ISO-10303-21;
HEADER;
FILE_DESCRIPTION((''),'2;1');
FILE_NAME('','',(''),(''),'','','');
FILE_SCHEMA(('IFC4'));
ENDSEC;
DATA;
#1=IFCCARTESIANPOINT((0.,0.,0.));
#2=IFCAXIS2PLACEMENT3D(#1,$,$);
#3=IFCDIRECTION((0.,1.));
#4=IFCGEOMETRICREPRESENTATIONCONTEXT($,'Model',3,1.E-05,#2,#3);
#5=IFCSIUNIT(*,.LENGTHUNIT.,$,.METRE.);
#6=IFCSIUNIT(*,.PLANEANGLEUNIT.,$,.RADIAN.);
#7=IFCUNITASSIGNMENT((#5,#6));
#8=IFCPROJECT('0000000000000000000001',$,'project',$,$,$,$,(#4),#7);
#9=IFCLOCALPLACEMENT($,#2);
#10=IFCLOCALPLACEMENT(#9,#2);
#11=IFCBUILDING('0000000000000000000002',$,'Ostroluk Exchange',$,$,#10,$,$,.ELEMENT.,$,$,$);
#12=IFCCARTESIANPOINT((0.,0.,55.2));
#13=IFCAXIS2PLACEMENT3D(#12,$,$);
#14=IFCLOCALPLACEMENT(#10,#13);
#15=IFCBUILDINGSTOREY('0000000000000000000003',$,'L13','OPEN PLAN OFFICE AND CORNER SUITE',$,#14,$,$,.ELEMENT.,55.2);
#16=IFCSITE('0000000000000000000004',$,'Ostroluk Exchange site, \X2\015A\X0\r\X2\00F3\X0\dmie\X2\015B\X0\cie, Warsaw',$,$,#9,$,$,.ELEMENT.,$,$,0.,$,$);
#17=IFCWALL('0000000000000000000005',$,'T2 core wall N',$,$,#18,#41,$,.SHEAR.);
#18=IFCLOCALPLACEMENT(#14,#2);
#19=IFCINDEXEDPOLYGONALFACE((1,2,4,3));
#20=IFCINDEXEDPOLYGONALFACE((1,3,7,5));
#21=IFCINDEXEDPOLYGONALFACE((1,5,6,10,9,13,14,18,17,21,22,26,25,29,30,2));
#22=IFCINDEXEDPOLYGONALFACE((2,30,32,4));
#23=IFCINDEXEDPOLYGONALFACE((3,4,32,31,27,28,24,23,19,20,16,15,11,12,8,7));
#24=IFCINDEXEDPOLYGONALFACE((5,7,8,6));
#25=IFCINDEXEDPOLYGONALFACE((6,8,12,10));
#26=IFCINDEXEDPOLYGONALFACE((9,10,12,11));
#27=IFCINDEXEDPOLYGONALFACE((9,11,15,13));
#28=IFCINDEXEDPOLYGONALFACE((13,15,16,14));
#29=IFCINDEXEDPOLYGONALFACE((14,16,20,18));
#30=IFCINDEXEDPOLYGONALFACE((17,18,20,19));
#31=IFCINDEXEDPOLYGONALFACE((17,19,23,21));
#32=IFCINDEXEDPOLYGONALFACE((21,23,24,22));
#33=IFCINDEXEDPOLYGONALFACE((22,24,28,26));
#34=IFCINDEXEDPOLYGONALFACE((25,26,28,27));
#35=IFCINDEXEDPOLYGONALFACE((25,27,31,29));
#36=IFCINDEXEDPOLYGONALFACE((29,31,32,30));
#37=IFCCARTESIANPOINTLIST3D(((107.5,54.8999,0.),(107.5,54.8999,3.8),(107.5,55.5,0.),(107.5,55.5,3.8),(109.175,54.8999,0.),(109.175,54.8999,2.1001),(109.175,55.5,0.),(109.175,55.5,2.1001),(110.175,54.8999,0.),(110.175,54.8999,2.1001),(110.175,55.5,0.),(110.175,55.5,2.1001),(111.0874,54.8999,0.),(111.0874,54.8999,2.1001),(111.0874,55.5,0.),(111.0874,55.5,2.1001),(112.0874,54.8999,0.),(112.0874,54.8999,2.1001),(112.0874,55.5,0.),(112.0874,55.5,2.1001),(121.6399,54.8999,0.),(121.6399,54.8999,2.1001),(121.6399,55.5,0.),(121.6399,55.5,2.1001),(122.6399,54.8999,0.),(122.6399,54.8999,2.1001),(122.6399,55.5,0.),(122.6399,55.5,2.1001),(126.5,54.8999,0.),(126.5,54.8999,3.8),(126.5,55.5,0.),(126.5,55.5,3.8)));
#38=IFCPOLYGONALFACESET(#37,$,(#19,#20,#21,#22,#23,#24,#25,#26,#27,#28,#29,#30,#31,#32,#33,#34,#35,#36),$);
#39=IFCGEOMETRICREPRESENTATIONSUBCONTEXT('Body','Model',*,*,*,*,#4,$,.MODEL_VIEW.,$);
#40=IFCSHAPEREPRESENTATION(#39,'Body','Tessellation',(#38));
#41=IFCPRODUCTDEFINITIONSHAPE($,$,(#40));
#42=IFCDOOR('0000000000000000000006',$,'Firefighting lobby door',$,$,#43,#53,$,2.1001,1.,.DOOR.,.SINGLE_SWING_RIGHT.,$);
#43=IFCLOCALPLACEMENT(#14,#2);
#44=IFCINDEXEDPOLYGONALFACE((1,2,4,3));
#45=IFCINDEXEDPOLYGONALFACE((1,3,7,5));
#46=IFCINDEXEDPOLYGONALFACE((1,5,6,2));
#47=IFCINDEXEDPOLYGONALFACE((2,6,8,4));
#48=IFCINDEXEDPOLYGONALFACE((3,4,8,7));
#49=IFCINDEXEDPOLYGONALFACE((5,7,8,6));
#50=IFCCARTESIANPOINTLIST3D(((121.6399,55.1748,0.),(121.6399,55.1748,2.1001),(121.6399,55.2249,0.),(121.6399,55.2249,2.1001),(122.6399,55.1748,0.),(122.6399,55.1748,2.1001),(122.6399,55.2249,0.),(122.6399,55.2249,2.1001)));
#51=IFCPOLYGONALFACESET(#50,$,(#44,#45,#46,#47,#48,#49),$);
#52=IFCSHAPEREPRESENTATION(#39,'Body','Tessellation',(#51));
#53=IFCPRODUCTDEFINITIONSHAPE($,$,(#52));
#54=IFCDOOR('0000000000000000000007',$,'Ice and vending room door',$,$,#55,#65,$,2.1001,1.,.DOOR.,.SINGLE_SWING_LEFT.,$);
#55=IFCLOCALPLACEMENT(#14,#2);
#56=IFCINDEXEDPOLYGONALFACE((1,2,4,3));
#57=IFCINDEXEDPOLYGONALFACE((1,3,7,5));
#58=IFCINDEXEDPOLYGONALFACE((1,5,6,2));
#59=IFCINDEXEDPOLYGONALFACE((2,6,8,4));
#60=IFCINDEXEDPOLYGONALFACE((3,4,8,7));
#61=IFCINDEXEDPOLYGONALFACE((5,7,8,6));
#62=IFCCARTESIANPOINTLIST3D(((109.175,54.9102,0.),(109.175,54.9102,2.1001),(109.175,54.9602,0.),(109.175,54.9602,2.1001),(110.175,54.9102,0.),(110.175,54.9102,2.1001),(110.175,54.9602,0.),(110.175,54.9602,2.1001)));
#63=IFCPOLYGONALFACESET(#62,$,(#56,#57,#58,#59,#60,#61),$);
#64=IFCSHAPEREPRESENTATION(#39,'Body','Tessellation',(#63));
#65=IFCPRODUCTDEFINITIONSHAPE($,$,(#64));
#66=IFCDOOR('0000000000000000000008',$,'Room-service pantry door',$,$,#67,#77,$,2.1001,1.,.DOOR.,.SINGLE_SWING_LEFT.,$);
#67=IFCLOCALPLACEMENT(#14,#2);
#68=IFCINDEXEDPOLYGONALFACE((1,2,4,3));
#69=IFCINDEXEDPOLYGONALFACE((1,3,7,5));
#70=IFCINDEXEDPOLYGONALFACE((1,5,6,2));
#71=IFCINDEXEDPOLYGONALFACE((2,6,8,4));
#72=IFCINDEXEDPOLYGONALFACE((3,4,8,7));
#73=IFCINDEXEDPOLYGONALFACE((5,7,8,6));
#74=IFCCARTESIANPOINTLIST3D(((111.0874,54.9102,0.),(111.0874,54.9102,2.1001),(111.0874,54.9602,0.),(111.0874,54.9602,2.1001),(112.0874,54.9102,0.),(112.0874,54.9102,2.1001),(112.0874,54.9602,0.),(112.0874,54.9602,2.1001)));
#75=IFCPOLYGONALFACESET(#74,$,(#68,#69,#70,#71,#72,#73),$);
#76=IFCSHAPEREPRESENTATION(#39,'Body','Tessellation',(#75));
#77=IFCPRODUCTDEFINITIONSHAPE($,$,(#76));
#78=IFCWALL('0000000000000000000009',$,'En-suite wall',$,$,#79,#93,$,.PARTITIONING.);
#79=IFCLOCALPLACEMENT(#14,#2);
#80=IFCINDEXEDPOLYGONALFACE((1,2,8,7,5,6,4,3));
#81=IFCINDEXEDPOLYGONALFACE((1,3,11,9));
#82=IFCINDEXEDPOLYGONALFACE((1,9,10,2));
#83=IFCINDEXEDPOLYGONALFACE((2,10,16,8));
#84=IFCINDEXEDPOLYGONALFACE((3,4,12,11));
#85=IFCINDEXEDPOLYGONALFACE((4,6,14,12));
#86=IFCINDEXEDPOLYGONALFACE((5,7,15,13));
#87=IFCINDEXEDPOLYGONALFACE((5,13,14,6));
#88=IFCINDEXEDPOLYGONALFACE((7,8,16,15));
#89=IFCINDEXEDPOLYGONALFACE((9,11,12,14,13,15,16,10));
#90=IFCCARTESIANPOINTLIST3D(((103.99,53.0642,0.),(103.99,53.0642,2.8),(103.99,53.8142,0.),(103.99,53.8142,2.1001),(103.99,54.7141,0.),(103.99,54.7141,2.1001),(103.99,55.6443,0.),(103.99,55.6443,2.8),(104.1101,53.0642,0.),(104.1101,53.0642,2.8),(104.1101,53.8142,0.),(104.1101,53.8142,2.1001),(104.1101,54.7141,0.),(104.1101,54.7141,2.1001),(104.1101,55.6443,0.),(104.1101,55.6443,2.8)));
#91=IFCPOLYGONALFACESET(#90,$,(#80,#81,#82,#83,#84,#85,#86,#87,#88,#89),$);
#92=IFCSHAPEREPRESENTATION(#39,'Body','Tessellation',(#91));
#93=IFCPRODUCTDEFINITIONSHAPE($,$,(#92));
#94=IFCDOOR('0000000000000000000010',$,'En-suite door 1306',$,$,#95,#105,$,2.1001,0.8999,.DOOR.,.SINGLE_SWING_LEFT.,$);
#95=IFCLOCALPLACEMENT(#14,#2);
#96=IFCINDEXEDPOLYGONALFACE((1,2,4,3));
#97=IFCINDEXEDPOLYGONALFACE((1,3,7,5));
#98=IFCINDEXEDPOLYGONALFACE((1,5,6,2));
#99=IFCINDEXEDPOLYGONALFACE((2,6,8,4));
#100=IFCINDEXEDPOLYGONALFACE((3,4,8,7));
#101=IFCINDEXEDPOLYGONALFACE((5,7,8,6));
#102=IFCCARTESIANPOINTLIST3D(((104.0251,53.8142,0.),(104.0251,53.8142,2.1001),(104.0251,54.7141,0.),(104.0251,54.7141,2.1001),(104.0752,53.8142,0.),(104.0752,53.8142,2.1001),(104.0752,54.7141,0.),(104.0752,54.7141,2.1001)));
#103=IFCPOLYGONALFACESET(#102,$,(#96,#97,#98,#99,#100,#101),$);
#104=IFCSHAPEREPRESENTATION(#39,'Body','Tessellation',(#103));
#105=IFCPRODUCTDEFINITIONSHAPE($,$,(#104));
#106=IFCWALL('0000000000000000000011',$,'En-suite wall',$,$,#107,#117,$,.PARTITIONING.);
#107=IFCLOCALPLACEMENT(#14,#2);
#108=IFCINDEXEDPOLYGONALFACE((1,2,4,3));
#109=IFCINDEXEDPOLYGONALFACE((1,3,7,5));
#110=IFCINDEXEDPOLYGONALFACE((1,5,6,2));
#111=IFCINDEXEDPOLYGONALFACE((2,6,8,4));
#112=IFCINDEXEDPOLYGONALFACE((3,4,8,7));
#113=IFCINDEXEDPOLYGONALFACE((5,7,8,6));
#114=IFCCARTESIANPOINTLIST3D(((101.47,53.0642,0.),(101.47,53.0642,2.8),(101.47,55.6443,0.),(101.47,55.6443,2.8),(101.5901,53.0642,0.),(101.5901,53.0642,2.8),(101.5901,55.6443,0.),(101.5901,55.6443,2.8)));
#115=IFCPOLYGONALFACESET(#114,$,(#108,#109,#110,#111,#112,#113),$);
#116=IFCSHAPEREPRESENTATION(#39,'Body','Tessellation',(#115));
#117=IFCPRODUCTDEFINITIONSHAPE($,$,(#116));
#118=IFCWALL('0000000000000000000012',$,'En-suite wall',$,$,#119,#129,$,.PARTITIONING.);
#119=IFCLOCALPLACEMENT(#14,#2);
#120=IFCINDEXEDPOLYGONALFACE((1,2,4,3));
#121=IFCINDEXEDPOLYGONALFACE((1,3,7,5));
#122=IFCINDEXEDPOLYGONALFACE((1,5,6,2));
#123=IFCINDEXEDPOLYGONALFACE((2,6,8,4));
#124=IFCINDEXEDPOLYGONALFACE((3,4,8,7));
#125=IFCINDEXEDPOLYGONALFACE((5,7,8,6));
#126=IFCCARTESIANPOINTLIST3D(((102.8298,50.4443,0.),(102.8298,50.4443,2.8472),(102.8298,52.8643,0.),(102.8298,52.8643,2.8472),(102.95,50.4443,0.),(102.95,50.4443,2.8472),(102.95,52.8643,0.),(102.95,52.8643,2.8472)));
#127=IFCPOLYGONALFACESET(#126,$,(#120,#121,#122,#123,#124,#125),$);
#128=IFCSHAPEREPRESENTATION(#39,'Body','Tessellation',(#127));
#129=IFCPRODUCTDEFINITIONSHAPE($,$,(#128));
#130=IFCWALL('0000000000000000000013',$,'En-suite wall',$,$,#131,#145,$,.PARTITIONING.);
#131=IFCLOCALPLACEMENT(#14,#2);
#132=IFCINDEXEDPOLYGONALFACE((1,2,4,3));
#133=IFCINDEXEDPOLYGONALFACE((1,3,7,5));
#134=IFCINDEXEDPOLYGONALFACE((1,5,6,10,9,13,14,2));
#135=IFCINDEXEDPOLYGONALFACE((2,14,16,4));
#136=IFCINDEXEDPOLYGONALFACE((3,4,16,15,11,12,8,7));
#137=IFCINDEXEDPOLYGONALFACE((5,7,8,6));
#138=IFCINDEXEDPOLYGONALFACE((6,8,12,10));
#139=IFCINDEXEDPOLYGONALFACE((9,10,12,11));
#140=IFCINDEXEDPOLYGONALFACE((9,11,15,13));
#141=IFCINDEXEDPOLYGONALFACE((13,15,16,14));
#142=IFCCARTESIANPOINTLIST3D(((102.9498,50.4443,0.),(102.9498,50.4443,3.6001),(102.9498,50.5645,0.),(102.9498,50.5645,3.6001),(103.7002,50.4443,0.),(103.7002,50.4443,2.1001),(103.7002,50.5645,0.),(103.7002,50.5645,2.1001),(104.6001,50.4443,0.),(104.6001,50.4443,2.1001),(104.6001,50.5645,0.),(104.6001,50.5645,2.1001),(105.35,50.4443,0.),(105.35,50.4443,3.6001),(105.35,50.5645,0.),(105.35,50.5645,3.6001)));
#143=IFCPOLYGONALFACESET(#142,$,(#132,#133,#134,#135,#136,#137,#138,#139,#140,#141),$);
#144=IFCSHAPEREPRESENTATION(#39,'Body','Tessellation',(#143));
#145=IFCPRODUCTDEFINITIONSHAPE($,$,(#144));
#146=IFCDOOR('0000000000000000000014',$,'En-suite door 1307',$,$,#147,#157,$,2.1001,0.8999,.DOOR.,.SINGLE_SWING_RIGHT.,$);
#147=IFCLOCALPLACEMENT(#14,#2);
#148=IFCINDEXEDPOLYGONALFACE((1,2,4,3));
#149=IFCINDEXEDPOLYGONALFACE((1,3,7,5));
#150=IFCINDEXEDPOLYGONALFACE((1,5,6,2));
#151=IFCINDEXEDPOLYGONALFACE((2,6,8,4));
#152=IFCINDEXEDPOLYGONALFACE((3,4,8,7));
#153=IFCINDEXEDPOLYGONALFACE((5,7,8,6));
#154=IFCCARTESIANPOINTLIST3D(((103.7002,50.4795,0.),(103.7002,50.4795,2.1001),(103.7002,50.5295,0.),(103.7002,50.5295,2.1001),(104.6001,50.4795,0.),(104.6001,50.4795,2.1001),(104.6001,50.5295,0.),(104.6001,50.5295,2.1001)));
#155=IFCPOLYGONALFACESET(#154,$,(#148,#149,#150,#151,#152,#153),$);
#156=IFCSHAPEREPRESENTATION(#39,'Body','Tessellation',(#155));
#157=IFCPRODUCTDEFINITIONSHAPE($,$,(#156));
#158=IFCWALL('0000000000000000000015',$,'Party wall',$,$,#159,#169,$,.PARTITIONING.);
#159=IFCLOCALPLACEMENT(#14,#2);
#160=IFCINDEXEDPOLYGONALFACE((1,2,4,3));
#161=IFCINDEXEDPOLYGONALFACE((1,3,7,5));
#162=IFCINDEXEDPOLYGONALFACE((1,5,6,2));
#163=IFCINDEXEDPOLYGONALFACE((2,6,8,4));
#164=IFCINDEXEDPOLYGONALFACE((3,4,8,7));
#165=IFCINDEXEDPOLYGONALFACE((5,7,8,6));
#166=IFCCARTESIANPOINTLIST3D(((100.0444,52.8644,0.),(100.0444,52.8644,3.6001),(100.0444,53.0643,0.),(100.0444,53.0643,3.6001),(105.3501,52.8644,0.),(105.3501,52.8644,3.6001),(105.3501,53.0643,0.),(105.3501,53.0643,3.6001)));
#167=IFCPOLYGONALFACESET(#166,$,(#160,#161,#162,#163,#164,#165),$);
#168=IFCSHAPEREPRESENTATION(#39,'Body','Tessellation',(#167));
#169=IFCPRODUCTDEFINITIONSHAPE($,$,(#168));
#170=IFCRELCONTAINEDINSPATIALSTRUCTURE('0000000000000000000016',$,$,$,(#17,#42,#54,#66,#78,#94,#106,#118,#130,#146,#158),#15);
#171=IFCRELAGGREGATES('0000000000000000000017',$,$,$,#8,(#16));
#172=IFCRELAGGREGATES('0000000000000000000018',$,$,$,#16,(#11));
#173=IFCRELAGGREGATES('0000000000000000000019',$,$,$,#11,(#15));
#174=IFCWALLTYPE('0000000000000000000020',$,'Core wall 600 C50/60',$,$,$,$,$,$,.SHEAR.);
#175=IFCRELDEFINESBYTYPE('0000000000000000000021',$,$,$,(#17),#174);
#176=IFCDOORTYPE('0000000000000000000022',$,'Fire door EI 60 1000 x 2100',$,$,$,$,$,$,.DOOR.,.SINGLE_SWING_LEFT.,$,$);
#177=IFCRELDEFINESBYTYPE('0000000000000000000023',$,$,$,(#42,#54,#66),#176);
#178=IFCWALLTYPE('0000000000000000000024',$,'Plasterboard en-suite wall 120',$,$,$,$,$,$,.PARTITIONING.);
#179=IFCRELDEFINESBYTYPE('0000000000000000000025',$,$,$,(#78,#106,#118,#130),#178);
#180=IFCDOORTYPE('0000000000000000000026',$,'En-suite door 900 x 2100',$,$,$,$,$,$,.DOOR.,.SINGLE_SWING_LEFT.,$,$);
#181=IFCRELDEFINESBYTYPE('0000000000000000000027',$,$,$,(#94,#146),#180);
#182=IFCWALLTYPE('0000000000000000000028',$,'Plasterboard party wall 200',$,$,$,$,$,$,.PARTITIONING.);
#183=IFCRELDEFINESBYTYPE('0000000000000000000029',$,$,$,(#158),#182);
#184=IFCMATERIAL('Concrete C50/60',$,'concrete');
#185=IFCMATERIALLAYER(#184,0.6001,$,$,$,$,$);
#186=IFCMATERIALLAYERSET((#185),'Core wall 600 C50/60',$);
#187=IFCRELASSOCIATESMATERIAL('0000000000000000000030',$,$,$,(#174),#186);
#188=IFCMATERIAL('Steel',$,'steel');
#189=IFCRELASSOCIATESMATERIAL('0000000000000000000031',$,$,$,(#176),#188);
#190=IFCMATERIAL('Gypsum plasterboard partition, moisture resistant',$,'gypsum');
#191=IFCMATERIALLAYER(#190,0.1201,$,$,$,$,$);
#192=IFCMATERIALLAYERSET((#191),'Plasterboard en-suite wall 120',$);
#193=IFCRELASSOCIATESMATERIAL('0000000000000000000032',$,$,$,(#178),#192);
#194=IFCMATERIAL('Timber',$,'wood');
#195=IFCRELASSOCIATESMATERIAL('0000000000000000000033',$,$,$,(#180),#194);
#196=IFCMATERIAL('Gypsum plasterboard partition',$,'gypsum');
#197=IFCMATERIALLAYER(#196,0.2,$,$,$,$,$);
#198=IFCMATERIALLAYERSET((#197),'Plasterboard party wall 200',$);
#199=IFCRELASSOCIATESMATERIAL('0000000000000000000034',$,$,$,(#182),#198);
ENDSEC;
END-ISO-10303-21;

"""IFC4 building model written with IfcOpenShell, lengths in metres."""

from ifc_helpers import new_model, si_unit, direction, frame, frame_2d, origin, place, context, subcontext, project, spatial, rectangle, extrude, material, layer, layer_set, type_object, element, fill, save


model = new_model("IFC4")

# Units and contexts
model_context = context("Model", 3, precision=1e-05, world=origin(), true_north=direction((0.0, 1.0)))
body_context = subcontext(model_context, "Body", "Model", "MODEL_VIEW")
ifc_project = project(units=[si_unit("LENGTHUNIT", "METRE"), si_unit("PLANEANGLEUNIT", "RADIAN")], contexts=[model_context])

# Site, building, storey
site_placement = place(None, origin())
site = spatial("IfcSite", under=ifc_project, at=site_placement, Name="Ostroluk Exchange site, Śródmieście, Warsaw", CompositionType="ELEMENT", RefElevation=0.0)
building_placement = place(site_placement, origin())
building = spatial("IfcBuilding", under=site, at=building_placement, Name="Ostroluk Exchange", CompositionType="ELEMENT")
storey_placement = place(building_placement, frame((0.0, 0.0, 55.2)))
storey = spatial("IfcBuildingStorey", under=building, at=storey_placement, Name="L13", Description="OPEN PLAN OFFICE AND CORNER SUITE", CompositionType="ELEMENT", Elevation=55.2)

# Wall, openings, doors
ifc_material_1 = material(Name="Concrete C50/60", Category="concrete")
ifc_layer_1 = layer(ifc_material_1, 0.6001)
ifc_layer_set_1 = layer_set([ifc_layer_1], Name="Core wall 600 C50/60")
wall_type_1 = type_object("IfcWallType", Name="Core wall 600 C50/60", PredefinedType="SHEAR", material=ifc_layer_set_1)
wall_1_placement = place(storey_placement, frame((107.5, 55.2, 0.0), z_axis=(0.0, 0.0, 1.0), x_axis=(1.0, 0.0, 0.0)))
wall_1 = element("IfcWall", 1, at=wall_1_placement, inside=storey, type_object=wall_type_1, Name="T2 core wall N", PredefinedType="SHEAR", context=body_context, shape_type="SweptSolid", body=[
    extrude(rectangle(XDim=19.0, YDim=0.6001, at=frame_2d((9.5, 0.0))), origin(), (0.0, 0.0, 1.0), 3.8),
])
opening_1_placement = place(wall_1_placement, frame((14.1399, 0.0, 0.0)))
opening_1 = element("IfcOpeningElement", 2, at=opening_1_placement, cuts=wall_1, PredefinedType="OPENING", context=body_context, shape_type="SweptSolid", body=[
    extrude(rectangle(XDim=1.0, YDim=2.1001, at=frame_2d((0.5, 1.05))), frame((0.0, 0.3101, 0.0), z_axis=(0.0, -1.0, 0.0), x_axis=(1.0, 0.0, 0.0)), (0.0, 0.0, 1.0), 0.6201),
])
opening_2_placement = place(wall_1_placement, frame((1.675, 0.0, 0.0)))
opening_2 = element("IfcOpeningElement", 3, at=opening_2_placement, cuts=wall_1, PredefinedType="OPENING", context=body_context, shape_type="SweptSolid", body=[
    extrude(rectangle(XDim=1.0, YDim=2.1001, at=frame_2d((0.5, 1.05))), frame((0.0, 0.3101, 0.0), z_axis=(0.0, -1.0, 0.0), x_axis=(1.0, 0.0, 0.0)), (0.0, 0.0, 1.0), 0.6201),
])
opening_3_placement = place(wall_1_placement, frame((3.5874, 0.0, 0.0)))
opening_3 = element("IfcOpeningElement", 4, at=opening_3_placement, cuts=wall_1, PredefinedType="OPENING", context=body_context, shape_type="SweptSolid", body=[
    extrude(rectangle(XDim=1.0, YDim=2.1001, at=frame_2d((0.5, 1.05))), frame((0.0, 0.3101, 0.0), z_axis=(0.0, -1.0, 0.0), x_axis=(1.0, 0.0, 0.0)), (0.0, 0.0, 1.0), 0.6201),
])
ifc_material_2 = material(Name="Steel", Category="steel")
door_type_1 = type_object("IfcDoorType", Name="Fire door EI 60 1000 x 2100", OperationType="SINGLE_SWING_LEFT", PredefinedType="DOOR", material=ifc_material_2)
door_1_placement = place(opening_1_placement, origin())
door_1 = element("IfcDoor", 5, at=door_1_placement, inside=storey, type_object=door_type_1, Name="Firefighting lobby door", OperationType="SINGLE_SWING_RIGHT", OverallHeight=2.1001, OverallWidth=1.0, PredefinedType="DOOR", context=body_context, shape_type="SweptSolid", body=[
    extrude(rectangle(XDim=1.0, YDim=2.1001, at=frame_2d((0.5, 1.05))), frame((0.0, 0.0249, 0.0), z_axis=(0.0, -1.0, 0.0), x_axis=(1.0, 0.0, 0.0)), (0.0, 0.0, 1.0), 0.05),
])
fill(opening_1, door_1)
door_2_placement = place(opening_2_placement, origin())
door_2 = element("IfcDoor", 6, at=door_2_placement, inside=storey, type_object=door_type_1, Name="Ice and vending room door", OperationType="SINGLE_SWING_LEFT", OverallHeight=2.1001, OverallWidth=1.0, PredefinedType="DOOR", context=body_context, shape_type="SweptSolid", body=[
    extrude(rectangle(XDim=1.0, YDim=2.1001, at=frame_2d((0.5, 1.05))), frame((0.0, -0.2397, 0.0), z_axis=(0.0, -1.0, 0.0), x_axis=(1.0, 0.0, 0.0)), (0.0, 0.0, 1.0), 0.05),
])
fill(opening_2, door_2)
door_3_placement = place(opening_3_placement, origin())
door_3 = element("IfcDoor", 7, at=door_3_placement, inside=storey, type_object=door_type_1, Name="Room-service pantry door", OperationType="SINGLE_SWING_LEFT", OverallHeight=2.1001, OverallWidth=1.0, PredefinedType="DOOR", context=body_context, shape_type="SweptSolid", body=[
    extrude(rectangle(XDim=1.0, YDim=2.1001, at=frame_2d((0.5, 1.05))), frame((0.0, -0.2397, 0.0), z_axis=(0.0, -1.0, 0.0), x_axis=(1.0, 0.0, 0.0)), (0.0, 0.0, 1.0), 0.05),
])
fill(opening_3, door_3)

# Wall, opening, door
ifc_material_3 = material(Name="Gypsum plasterboard partition, moisture resistant", Category="gypsum")
ifc_layer_2 = layer(ifc_material_3, 0.1201)
ifc_layer_set_2 = layer_set([ifc_layer_2], Name="Plasterboard en-suite wall 120")
wall_type_2 = type_object("IfcWallType", Name="Plasterboard en-suite wall 120", PredefinedType="PARTITIONING", material=ifc_layer_set_2)
wall_2_placement = place(storey_placement, frame((104.05, 53.0642, 0.0), z_axis=(0.0, 0.0, 1.0), x_axis=(0.0, 1.0, 0.0)))
wall_2 = element("IfcWall", 8, at=wall_2_placement, inside=storey, type_object=wall_type_2, Name="En-suite wall", PredefinedType="PARTITIONING", context=body_context, shape_type="SweptSolid", body=[
    extrude(rectangle(XDim=2.5801, YDim=0.1201, at=frame_2d((1.29, 0.0))), origin(), (0.0, 0.0, 1.0), 2.8),
])
opening_4_placement = place(wall_2_placement, frame((0.75, 0.0, 0.0)))
opening_4 = element("IfcOpeningElement", 9, at=opening_4_placement, cuts=wall_2, PredefinedType="OPENING", context=body_context, shape_type="SweptSolid", body=[
    extrude(rectangle(XDim=0.8999, YDim=2.1001, at=frame_2d((0.45, 1.05))), frame((0.0, 0.0701, 0.0), z_axis=(0.0, -1.0, 0.0), x_axis=(1.0, 0.0, 0.0)), (0.0, 0.0, 1.0), 0.1401),
])
ifc_material_4 = material(Name="Timber", Category="wood")
door_type_2 = type_object("IfcDoorType", Name="En-suite door 900 x 2100", OperationType="SINGLE_SWING_LEFT", PredefinedType="DOOR", material=ifc_material_4)
door_4_placement = place(opening_4_placement, origin())
door_4 = element("IfcDoor", 10, at=door_4_placement, inside=storey, type_object=door_type_2, Name="En-suite door 1306", OperationType="SINGLE_SWING_LEFT", OverallHeight=2.1001, OverallWidth=0.8999, PredefinedType="DOOR", context=body_context, shape_type="SweptSolid", body=[
    extrude(rectangle(XDim=0.8999, YDim=2.1001, at=frame_2d((0.45, 1.05))), frame((0.0, 0.0249, 0.0), z_axis=(0.0, -1.0, 0.0), x_axis=(1.0, 0.0, 0.0)), (0.0, 0.0, 1.0), 0.05),
])
fill(opening_4, door_4)

# Walls
wall_3_placement = place(storey_placement, frame((101.53, 53.0642, 0.0), z_axis=(0.0, 0.0, 1.0), x_axis=(0.0, 1.0, 0.0)))
element("IfcWall", 11, at=wall_3_placement, inside=storey, type_object=wall_type_2, Name="En-suite wall", PredefinedType="PARTITIONING", context=body_context, shape_type="SweptSolid", body=[
    extrude(rectangle(XDim=2.5801, YDim=0.1201, at=frame_2d((1.29, 0.0))), origin(), (0.0, 0.0, 1.0), 2.8),
])
wall_4_placement = place(storey_placement, frame((102.8899, 52.8643, 0.0), z_axis=(0.0, 0.0, 1.0), x_axis=(0.0, -1.0, 0.0)))
element("IfcWall", 12, at=wall_4_placement, inside=storey, type_object=wall_type_2, Name="En-suite wall", PredefinedType="PARTITIONING", context=body_context, shape_type="SweptSolid", body=[
    extrude(rectangle(XDim=2.4199, YDim=0.1201, at=frame_2d((1.21, 0.0))), origin(), (0.0, 0.0, 1.0), 2.8472),
])

# Wall, opening, door
wall_5_placement = place(storey_placement, frame((105.3501, 50.5044, 0.0), z_axis=(0.0, 0.0, 1.0), x_axis=(-1.0, 0.0, 0.0)))
wall_5 = element("IfcWall", 13, at=wall_5_placement, inside=storey, type_object=wall_type_2, Name="En-suite wall", PredefinedType="PARTITIONING", context=body_context, shape_type="SweptSolid", body=[
    extrude(rectangle(XDim=2.4001, YDim=0.1201, at=frame_2d((1.2002, 0.0))), origin(), (0.0, 0.0, 1.0), 3.6001),
])
opening_5_placement = place(wall_5_placement, frame((0.75, 0.0, 0.0)))
opening_5 = element("IfcOpeningElement", 14, at=opening_5_placement, cuts=wall_5, PredefinedType="OPENING", context=body_context, shape_type="SweptSolid", body=[
    extrude(rectangle(XDim=0.8999, YDim=2.1001, at=frame_2d((0.45, 1.05))), frame((0.0, 0.0701, 0.0), z_axis=(0.0, -1.0, 0.0), x_axis=(1.0, 0.0, 0.0)), (0.0, 0.0, 1.0), 0.1401),
])
door_5_placement = place(opening_5_placement, origin())
door_5 = element("IfcDoor", 15, at=door_5_placement, inside=storey, type_object=door_type_2, Name="En-suite door 1307", OperationType="SINGLE_SWING_RIGHT", OverallHeight=2.1001, OverallWidth=0.8999, PredefinedType="DOOR", context=body_context, shape_type="SweptSolid", body=[
    extrude(rectangle(XDim=0.8999, YDim=2.1001, at=frame_2d((0.45, 1.05))), frame((0.0, 0.0249, 0.0), z_axis=(0.0, -1.0, 0.0), x_axis=(1.0, 0.0, 0.0)), (0.0, 0.0, 1.0), 0.05),
])
fill(opening_5, door_5)

# Wall
ifc_material_5 = material(Name="Gypsum plasterboard partition", Category="gypsum")
ifc_layer_3 = layer(ifc_material_5, 0.2)
ifc_layer_set_3 = layer_set([ifc_layer_3], Name="Plasterboard party wall 200")
wall_type_3 = type_object("IfcWallType", Name="Plasterboard party wall 200", PredefinedType="PARTITIONING", material=ifc_layer_set_3)
wall_6_placement = place(storey_placement, frame((105.3501, 52.9644, 0.0), z_axis=(0.0, 0.0, 1.0), x_axis=(-1.0, 0.0, 0.0)))
element("IfcWall", 16, at=wall_6_placement, inside=storey, type_object=wall_type_3, Name="Party wall", PredefinedType="PARTITIONING", context=body_context, shape_type="SweptSolid", body=[
    extrude(rectangle(XDim=5.3057, YDim=0.2, at=frame_2d((2.6528, 0.0))), origin(), (0.0, 0.0, 1.0), 3.6001),
])

save(model, "model.ifc")
